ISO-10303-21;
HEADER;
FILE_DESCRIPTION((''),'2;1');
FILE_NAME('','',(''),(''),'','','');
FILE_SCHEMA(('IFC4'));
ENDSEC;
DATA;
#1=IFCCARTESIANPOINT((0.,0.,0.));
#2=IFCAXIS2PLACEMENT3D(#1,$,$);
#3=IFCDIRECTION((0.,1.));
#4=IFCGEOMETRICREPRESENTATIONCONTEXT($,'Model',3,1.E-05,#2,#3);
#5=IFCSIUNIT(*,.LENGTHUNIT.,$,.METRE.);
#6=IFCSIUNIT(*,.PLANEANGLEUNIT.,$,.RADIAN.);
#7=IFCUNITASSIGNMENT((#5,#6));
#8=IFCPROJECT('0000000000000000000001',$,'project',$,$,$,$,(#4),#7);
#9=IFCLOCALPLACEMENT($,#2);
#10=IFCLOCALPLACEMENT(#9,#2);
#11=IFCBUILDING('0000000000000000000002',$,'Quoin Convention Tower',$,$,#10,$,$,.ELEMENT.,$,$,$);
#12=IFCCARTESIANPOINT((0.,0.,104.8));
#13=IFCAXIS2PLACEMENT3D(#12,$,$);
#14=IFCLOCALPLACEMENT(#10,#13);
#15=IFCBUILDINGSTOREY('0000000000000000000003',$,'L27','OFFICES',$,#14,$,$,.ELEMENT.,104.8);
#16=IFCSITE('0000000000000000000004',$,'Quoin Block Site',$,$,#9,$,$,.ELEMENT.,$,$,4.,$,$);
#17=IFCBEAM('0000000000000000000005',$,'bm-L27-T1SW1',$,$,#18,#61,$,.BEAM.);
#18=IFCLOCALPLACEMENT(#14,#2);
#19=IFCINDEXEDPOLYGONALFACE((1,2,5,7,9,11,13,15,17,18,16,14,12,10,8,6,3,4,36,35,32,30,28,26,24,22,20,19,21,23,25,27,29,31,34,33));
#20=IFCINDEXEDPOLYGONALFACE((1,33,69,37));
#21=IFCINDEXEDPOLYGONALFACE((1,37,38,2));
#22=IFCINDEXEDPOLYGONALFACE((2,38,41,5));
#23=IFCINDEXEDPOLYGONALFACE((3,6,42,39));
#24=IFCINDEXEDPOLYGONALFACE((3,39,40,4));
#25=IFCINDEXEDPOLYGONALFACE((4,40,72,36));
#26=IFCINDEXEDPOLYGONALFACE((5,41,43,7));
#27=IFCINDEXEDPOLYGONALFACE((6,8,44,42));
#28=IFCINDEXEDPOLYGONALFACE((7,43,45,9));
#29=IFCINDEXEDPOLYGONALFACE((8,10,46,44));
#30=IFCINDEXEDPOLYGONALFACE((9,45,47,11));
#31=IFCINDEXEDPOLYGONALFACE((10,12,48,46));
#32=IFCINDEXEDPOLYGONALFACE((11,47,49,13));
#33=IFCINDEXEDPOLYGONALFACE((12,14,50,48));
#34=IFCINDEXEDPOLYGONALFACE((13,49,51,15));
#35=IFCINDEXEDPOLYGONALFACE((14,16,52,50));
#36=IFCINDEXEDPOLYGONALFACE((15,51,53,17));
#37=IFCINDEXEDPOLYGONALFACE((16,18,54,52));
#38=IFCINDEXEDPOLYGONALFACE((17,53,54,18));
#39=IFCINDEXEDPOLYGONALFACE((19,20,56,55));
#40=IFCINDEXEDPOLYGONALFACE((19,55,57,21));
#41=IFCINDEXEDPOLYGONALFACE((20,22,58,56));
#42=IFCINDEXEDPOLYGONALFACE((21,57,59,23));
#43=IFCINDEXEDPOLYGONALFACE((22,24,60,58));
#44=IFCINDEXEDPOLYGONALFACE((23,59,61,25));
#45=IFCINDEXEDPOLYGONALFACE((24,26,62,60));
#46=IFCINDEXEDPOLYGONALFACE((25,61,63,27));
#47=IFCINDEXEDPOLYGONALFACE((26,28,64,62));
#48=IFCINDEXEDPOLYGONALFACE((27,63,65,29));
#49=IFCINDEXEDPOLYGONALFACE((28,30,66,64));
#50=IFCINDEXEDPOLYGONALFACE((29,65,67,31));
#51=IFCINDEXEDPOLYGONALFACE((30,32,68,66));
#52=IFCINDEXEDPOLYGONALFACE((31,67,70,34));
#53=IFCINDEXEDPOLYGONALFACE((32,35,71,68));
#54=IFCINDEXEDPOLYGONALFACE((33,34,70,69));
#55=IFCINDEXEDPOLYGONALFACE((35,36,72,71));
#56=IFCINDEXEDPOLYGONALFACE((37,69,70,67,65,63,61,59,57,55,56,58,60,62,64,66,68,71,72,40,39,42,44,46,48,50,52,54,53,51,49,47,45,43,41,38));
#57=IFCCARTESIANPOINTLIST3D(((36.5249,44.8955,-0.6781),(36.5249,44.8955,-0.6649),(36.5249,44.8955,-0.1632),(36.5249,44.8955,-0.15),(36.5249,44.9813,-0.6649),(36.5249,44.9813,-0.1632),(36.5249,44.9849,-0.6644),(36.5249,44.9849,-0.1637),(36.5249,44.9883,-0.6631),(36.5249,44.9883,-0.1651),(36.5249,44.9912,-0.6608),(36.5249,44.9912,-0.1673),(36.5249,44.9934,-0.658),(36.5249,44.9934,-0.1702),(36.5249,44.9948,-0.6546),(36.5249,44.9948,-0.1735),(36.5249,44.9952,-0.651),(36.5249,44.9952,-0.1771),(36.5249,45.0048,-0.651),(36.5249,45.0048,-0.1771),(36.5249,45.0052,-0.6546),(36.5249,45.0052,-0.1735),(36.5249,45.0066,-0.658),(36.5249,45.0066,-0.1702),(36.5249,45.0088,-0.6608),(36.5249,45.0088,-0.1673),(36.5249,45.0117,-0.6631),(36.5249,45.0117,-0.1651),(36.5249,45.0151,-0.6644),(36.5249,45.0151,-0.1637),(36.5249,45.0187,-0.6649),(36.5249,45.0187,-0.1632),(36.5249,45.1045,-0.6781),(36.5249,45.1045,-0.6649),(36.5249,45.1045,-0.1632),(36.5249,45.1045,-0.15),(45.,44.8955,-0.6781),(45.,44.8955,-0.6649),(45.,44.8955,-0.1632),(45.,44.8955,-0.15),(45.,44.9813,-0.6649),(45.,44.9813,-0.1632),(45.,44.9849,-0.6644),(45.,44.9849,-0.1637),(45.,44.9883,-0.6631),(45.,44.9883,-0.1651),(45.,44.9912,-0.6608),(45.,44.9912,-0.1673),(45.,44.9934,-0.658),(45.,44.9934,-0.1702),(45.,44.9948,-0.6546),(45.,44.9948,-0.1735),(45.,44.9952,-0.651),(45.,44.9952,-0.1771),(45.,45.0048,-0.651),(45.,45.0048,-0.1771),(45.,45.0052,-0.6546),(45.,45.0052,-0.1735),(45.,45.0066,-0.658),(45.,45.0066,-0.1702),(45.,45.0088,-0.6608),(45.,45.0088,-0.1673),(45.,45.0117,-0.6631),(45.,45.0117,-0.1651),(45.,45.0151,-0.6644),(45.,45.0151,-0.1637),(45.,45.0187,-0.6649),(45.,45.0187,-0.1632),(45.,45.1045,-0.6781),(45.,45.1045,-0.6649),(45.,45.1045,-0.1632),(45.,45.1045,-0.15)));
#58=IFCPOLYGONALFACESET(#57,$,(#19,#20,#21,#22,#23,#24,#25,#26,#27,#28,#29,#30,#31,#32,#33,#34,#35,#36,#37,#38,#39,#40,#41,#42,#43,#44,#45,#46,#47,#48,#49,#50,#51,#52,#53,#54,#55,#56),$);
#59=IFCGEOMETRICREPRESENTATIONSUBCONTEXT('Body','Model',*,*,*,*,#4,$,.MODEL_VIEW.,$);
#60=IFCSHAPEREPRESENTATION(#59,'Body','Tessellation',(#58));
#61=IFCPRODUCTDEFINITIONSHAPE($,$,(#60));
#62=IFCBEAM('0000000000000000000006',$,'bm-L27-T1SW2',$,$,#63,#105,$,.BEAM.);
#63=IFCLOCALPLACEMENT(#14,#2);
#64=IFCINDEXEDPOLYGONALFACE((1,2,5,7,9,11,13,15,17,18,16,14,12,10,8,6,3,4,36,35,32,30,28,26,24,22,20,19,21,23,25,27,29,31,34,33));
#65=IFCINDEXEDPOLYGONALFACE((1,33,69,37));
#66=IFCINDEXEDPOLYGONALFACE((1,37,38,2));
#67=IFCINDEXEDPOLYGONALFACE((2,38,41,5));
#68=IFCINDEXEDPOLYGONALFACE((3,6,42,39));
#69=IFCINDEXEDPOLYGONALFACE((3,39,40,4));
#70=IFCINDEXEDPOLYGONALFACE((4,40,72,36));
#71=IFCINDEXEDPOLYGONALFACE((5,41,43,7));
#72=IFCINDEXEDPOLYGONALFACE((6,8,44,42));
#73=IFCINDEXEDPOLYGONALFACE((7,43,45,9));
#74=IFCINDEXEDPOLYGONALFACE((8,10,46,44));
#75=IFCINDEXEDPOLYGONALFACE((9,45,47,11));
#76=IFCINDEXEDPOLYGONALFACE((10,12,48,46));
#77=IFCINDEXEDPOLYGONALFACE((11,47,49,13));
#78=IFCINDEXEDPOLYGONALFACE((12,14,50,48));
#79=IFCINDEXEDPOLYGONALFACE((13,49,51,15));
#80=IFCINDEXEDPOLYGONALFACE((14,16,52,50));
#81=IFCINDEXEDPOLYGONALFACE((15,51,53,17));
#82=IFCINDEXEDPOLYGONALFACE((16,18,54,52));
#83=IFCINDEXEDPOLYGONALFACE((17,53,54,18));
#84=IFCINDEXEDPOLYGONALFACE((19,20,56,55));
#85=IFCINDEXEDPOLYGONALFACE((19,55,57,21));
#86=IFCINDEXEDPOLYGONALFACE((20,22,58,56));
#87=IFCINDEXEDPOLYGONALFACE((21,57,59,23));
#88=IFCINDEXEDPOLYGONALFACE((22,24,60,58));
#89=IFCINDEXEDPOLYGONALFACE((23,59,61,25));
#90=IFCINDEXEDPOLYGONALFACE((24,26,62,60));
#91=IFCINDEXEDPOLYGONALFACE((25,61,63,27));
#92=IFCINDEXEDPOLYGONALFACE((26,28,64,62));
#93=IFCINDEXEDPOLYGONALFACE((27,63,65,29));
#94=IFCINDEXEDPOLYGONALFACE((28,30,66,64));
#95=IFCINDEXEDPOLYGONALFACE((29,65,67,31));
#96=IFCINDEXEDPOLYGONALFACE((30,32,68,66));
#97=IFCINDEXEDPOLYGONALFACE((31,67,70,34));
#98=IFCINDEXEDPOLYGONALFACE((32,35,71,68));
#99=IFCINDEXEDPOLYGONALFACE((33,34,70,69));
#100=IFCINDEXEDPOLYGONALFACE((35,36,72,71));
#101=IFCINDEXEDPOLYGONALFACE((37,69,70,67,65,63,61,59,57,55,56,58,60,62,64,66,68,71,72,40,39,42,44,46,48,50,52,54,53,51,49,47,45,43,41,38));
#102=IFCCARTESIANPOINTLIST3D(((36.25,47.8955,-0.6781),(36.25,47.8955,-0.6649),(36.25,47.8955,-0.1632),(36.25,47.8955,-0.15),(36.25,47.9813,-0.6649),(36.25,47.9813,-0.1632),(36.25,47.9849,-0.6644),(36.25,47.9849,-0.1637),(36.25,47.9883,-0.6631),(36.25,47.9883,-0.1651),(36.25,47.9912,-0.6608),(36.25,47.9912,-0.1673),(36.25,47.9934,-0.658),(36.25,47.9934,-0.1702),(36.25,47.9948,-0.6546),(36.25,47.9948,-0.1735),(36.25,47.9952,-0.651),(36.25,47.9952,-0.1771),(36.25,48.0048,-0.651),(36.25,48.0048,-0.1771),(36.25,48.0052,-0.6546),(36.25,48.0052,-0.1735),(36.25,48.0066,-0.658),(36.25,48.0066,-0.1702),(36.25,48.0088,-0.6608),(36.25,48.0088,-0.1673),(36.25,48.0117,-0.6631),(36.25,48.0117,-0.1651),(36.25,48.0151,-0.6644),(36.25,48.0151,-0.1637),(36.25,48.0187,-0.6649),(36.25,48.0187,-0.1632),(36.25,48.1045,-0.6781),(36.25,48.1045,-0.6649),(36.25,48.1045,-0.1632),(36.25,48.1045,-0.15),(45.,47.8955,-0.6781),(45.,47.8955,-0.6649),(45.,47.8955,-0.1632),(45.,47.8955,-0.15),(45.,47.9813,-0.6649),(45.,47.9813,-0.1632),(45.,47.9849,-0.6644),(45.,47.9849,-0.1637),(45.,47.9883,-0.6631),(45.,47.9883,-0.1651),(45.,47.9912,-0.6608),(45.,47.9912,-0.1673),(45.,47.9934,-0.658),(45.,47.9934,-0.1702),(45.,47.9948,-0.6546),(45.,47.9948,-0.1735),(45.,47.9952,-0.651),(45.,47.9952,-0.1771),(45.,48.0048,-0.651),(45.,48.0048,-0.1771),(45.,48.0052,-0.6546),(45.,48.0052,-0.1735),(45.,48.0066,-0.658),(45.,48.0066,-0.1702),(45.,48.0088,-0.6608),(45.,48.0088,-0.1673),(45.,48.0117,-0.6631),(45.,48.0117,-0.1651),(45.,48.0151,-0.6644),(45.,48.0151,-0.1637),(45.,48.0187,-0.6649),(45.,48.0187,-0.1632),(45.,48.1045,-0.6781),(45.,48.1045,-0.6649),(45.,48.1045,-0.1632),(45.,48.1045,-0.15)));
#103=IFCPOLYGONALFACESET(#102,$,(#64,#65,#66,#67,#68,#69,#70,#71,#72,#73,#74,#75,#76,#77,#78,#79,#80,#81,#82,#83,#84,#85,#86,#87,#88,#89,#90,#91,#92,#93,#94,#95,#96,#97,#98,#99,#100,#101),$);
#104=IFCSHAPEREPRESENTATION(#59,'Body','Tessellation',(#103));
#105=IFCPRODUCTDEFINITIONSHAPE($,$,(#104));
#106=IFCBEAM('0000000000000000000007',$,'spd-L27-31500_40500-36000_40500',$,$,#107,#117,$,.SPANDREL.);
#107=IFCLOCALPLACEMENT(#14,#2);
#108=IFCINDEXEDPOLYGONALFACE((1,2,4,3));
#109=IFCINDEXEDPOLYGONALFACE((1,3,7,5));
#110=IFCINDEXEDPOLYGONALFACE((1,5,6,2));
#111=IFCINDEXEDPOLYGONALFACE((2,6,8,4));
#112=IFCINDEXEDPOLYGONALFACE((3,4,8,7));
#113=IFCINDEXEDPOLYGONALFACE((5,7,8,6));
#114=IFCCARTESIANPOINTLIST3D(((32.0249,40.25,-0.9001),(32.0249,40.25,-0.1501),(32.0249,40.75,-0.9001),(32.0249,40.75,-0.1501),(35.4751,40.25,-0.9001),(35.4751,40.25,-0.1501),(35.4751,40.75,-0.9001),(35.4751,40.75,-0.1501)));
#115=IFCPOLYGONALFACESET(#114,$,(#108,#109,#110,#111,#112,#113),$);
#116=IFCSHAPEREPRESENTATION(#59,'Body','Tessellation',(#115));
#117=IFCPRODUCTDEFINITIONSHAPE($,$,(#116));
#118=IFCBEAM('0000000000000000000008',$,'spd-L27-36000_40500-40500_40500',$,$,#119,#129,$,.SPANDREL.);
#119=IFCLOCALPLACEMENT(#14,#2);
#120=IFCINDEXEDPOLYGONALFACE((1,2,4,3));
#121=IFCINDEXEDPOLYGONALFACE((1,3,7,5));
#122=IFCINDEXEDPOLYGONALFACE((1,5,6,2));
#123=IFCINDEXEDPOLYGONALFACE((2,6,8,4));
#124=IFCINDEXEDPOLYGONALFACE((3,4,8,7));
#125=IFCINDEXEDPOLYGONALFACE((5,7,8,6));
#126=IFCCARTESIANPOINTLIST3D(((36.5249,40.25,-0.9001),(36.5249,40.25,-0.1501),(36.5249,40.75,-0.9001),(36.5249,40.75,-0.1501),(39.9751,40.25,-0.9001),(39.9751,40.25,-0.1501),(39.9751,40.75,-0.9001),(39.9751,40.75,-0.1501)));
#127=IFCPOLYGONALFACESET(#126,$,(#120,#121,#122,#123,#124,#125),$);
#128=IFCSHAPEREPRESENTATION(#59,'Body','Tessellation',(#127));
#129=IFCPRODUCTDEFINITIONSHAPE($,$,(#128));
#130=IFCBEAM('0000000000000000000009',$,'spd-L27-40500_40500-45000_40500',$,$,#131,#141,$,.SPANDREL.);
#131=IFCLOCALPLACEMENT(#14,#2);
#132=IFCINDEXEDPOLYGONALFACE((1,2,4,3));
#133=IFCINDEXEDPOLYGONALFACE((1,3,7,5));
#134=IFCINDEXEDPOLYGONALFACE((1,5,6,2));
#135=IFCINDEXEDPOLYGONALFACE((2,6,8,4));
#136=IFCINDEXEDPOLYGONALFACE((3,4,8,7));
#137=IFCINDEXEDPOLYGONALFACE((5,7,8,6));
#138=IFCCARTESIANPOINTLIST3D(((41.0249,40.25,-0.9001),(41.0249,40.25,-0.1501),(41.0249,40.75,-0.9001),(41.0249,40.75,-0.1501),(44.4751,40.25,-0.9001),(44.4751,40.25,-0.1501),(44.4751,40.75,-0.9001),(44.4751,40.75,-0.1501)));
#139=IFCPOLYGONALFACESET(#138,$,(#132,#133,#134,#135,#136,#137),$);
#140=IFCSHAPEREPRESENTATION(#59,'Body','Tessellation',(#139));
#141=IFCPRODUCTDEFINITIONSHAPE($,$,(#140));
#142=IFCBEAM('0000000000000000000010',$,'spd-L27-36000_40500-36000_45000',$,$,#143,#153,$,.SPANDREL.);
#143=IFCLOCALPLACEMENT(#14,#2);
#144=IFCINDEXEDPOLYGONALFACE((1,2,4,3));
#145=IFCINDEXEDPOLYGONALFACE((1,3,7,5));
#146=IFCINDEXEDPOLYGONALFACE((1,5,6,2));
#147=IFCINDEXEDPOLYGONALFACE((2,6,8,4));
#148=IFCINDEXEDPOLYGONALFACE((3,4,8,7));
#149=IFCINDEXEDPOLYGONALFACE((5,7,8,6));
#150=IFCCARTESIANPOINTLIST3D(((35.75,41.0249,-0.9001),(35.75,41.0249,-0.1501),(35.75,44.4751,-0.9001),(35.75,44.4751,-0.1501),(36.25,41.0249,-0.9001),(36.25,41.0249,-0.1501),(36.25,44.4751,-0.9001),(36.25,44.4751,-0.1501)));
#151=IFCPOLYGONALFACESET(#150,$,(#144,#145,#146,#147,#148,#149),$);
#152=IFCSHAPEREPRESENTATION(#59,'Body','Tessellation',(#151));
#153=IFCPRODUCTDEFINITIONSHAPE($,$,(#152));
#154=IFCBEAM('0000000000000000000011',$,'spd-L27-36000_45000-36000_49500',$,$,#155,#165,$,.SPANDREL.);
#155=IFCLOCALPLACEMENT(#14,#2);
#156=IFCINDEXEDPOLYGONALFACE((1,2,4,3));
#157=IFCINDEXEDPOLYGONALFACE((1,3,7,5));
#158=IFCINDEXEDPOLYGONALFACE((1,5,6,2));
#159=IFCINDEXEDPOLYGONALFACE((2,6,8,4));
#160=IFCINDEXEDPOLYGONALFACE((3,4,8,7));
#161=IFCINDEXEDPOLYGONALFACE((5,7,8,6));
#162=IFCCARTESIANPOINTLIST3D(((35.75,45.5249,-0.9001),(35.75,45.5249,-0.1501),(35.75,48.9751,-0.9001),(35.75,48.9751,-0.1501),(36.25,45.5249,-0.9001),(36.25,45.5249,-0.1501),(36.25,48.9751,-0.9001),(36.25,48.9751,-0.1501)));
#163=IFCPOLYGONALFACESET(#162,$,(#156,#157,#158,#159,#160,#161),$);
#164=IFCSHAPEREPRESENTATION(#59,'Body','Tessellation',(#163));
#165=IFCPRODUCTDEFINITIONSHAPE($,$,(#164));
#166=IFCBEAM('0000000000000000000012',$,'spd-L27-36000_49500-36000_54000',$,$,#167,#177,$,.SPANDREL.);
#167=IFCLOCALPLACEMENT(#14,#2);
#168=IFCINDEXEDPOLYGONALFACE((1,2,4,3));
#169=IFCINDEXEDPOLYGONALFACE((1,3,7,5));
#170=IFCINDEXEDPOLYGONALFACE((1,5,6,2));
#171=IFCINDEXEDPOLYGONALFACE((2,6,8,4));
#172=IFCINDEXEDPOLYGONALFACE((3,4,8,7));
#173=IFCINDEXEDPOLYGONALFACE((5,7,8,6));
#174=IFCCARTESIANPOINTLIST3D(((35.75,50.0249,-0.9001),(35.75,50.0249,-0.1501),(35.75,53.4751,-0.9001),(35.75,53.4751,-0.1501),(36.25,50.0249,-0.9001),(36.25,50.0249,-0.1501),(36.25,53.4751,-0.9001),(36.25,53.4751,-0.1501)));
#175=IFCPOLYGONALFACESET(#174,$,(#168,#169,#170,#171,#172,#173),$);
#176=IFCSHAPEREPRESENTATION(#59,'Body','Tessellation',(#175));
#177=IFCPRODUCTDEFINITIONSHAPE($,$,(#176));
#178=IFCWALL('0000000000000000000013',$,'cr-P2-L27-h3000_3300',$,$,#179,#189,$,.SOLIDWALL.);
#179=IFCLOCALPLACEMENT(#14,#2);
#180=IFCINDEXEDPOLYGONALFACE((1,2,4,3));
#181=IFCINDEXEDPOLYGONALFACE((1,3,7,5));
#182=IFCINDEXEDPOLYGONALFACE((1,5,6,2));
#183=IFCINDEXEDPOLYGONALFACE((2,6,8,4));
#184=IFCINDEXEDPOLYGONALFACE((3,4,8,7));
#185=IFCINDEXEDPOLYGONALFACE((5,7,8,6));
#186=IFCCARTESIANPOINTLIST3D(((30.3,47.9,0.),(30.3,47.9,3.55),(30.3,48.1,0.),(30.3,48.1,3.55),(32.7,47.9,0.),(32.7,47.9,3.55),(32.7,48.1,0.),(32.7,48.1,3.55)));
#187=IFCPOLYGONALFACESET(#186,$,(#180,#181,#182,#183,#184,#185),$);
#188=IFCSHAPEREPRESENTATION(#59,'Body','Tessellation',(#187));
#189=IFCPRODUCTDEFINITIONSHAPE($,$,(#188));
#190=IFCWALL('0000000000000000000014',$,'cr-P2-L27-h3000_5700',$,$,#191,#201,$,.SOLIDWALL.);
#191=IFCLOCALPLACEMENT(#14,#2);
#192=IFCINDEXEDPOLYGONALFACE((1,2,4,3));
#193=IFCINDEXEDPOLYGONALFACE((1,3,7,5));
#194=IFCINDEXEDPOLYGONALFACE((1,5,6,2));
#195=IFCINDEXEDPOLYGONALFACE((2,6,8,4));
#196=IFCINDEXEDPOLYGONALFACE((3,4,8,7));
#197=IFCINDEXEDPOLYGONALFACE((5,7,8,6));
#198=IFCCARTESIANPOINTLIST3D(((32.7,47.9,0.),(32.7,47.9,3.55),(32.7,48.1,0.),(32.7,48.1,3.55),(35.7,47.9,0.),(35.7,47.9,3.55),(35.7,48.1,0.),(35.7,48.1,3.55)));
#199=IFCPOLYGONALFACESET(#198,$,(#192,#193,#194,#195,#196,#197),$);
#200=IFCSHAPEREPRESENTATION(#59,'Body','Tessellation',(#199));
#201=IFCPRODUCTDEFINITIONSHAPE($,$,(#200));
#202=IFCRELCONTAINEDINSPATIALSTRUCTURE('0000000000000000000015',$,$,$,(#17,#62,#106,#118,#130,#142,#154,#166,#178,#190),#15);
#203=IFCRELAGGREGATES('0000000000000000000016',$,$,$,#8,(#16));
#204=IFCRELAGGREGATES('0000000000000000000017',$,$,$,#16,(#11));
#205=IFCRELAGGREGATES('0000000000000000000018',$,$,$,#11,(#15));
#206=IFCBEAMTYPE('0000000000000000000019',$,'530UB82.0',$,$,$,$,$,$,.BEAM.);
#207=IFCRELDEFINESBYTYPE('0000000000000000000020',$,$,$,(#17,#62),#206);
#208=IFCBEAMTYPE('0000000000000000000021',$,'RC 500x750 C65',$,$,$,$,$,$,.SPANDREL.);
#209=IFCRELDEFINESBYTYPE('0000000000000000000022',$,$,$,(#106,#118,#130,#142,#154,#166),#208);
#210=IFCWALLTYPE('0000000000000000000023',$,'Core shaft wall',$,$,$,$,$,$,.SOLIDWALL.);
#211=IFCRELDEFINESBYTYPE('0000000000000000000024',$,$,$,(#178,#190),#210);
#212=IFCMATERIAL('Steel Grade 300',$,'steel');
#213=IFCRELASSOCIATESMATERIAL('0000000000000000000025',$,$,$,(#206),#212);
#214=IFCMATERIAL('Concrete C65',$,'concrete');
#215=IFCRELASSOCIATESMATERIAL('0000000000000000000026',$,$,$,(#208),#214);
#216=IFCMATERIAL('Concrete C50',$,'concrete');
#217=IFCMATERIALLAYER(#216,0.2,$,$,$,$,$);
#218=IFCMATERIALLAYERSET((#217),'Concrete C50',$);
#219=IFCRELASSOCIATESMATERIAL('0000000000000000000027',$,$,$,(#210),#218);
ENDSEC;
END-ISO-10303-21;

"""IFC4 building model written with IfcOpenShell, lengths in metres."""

from ifc_helpers import new_model, si_unit, direction, frame, frame_2d, origin, origin_2d, place, context, subcontext, project, spatial, rectangle, i_section, extrude, material, layer, layer_set, material_profile, profile_set, type_object, element, save


model = new_model("IFC4")

# Units and contexts
model_context = context("Model", 3, precision=1e-05, world=origin(), true_north=direction((0.0, 1.0)))
body_context = subcontext(model_context, "Body", "Model", "MODEL_VIEW")
ifc_project = project(units=[si_unit("LENGTHUNIT", "METRE"), si_unit("PLANEANGLEUNIT", "RADIAN")], contexts=[model_context])

# Site, building, storey
site_placement = place(None, origin())
site = spatial("IfcSite", under=ifc_project, at=site_placement, Name="Quoin Block Site", CompositionType="ELEMENT", RefElevation=4.0)
building_placement = place(site_placement, origin())
building = spatial("IfcBuilding", under=site, at=building_placement, Name="Quoin Convention Tower", CompositionType="ELEMENT")
storey_placement = place(building_placement, frame((0.0, 0.0, 104.8)))
storey = spatial("IfcBuildingStorey", under=building, at=storey_placement, Name="L27", Description="OFFICES", CompositionType="ELEMENT", Elevation=104.8)

# Shared definitions
ifc_material_1 = material(Name="Concrete C65", Category="concrete")

# Beams
ifc_material_2 = material(Name="Steel Grade 300", Category="steel")
ifc_material_profile_1 = material_profile(ifc_material_2, i_section(OverallWidth=0.209, OverallDepth=0.5281, WebThickness=0.0095, FlangeThickness=0.0132, FilletRadius=0.0139, at=origin_2d()), Name="530UB82.0")
ifc_profile_set_1 = profile_set([ifc_material_profile_1], Name="Steel Grade 300")
beam_type_1 = type_object("IfcBeamType", Name="530UB82.0", PredefinedType="BEAM", material=ifc_profile_set_1)
beam_1_placement = place(storey_placement, frame((36.5249, 45.0, -0.4141), z_axis=(1.0, 0.0, 0.0), x_axis=(0.0, 1.0, 0.0)))
element("IfcBeam", 1, at=beam_1_placement, inside=storey, type_object=beam_type_1, Name="bm-L27-T1SW1", PredefinedType="BEAM", context=body_context, shape_type="SweptSolid", body=[
    extrude(i_section(OverallWidth=0.209, OverallDepth=0.5281, WebThickness=0.0095, FlangeThickness=0.0132, FilletRadius=0.0139, at=origin_2d()), origin(), (0.0, 0.0, 1.0), 8.4751),
])
beam_2_placement = place(storey_placement, frame((36.25, 48.0, -0.4141), z_axis=(1.0, 0.0, 0.0), x_axis=(0.0, 1.0, 0.0)))
element("IfcBeam", 2, at=beam_2_placement, inside=storey, type_object=beam_type_1, Name="bm-L27-T1SW2", PredefinedType="BEAM", context=body_context, shape_type="SweptSolid", body=[
    extrude(i_section(OverallWidth=0.209, OverallDepth=0.5281, WebThickness=0.0095, FlangeThickness=0.0132, FilletRadius=0.0139, at=origin_2d()), origin(), (0.0, 0.0, 1.0), 8.75),
])
ifc_material_profile_2 = material_profile(ifc_material_1, rectangle(XDim=0.5, YDim=0.75, at=origin_2d()), Name="RC 500x750")
ifc_profile_set_2 = profile_set([ifc_material_profile_2], Name="Concrete C65")
beam_type_2 = type_object("IfcBeamType", Name="RC 500x750 C65", PredefinedType="SPANDREL", material=ifc_profile_set_2)
for number, where, z_axis, x_axis, name in (
    (3, (32.0249, 40.5, -0.5251), (1.0, 0.0, 0.0), (0.0, 1.0, 0.0), "spd-L27-31500_40500-36000_40500"),
    (4, (36.5249, 40.5, -0.5251), (1.0, 0.0, 0.0), (0.0, 1.0, 0.0), "spd-L27-36000_40500-40500_40500"),
    (5, (41.0249, 40.5, -0.5251), (1.0, 0.0, 0.0), (0.0, 1.0, 0.0), "spd-L27-40500_40500-45000_40500"),
    (6, (36.0, 41.0249, -0.5251), (0.0, 1.0, 0.0), (-1.0, 0.0, 0.0), "spd-L27-36000_40500-36000_45000"),
    (7, (36.0, 45.5249, -0.5251), (0.0, 1.0, 0.0), (-1.0, 0.0, 0.0), "spd-L27-36000_45000-36000_49500"),
    (8, (36.0, 50.0249, -0.5251), (0.0, 1.0, 0.0), (-1.0, 0.0, 0.0), "spd-L27-36000_49500-36000_54000"),
):
    element("IfcBeam", number, at=place(storey_placement, frame(where, z_axis=z_axis, x_axis=x_axis)), inside=storey, type_object=beam_type_2, Name=name, PredefinedType="SPANDREL", context=body_context, shape_type="SweptSolid", body=[
        extrude(rectangle(XDim=0.5, YDim=0.75, at=origin_2d()), origin(), (0.0, 0.0, 1.0), 3.4502),
    ])

# Walls
ifc_material_3 = material(Name="Concrete C50", Category="concrete")
ifc_layer_1 = layer(ifc_material_3, 0.2)
ifc_layer_set_1 = layer_set([ifc_layer_1], Name="Concrete C50")
wall_type_1 = type_object("IfcWallType", Name="Core shaft wall", PredefinedType="SOLIDWALL", material=ifc_layer_set_1)
wall_1_placement = place(storey_placement, frame((30.3, 48.0, 0.0), z_axis=(0.0, 0.0, 1.0), x_axis=(1.0, 0.0, 0.0)))
element("IfcWall", 9, at=wall_1_placement, inside=storey, type_object=wall_type_1, Name="cr-P2-L27-h3000_3300", PredefinedType="SOLIDWALL", context=body_context, shape_type="SweptSolid", body=[
    extrude(rectangle(XDim=2.3999, YDim=0.2, at=frame_2d((1.2, 0.0))), origin(), (0.0, 0.0, 1.0), 3.55),
])
wall_2_placement = place(storey_placement, frame((32.7, 48.0, 0.0), z_axis=(0.0, 0.0, 1.0), x_axis=(1.0, 0.0, 0.0)))
element("IfcWall", 10, at=wall_2_placement, inside=storey, type_object=wall_type_1, Name="cr-P2-L27-h3000_5700", PredefinedType="SOLIDWALL", context=body_context, shape_type="SweptSolid", body=[
    extrude(rectangle(XDim=3.0, YDim=0.2, at=frame_2d((1.5, 0.0))), origin(), (0.0, 0.0, 1.0), 3.55),
])

save(model, "model.ifc")
